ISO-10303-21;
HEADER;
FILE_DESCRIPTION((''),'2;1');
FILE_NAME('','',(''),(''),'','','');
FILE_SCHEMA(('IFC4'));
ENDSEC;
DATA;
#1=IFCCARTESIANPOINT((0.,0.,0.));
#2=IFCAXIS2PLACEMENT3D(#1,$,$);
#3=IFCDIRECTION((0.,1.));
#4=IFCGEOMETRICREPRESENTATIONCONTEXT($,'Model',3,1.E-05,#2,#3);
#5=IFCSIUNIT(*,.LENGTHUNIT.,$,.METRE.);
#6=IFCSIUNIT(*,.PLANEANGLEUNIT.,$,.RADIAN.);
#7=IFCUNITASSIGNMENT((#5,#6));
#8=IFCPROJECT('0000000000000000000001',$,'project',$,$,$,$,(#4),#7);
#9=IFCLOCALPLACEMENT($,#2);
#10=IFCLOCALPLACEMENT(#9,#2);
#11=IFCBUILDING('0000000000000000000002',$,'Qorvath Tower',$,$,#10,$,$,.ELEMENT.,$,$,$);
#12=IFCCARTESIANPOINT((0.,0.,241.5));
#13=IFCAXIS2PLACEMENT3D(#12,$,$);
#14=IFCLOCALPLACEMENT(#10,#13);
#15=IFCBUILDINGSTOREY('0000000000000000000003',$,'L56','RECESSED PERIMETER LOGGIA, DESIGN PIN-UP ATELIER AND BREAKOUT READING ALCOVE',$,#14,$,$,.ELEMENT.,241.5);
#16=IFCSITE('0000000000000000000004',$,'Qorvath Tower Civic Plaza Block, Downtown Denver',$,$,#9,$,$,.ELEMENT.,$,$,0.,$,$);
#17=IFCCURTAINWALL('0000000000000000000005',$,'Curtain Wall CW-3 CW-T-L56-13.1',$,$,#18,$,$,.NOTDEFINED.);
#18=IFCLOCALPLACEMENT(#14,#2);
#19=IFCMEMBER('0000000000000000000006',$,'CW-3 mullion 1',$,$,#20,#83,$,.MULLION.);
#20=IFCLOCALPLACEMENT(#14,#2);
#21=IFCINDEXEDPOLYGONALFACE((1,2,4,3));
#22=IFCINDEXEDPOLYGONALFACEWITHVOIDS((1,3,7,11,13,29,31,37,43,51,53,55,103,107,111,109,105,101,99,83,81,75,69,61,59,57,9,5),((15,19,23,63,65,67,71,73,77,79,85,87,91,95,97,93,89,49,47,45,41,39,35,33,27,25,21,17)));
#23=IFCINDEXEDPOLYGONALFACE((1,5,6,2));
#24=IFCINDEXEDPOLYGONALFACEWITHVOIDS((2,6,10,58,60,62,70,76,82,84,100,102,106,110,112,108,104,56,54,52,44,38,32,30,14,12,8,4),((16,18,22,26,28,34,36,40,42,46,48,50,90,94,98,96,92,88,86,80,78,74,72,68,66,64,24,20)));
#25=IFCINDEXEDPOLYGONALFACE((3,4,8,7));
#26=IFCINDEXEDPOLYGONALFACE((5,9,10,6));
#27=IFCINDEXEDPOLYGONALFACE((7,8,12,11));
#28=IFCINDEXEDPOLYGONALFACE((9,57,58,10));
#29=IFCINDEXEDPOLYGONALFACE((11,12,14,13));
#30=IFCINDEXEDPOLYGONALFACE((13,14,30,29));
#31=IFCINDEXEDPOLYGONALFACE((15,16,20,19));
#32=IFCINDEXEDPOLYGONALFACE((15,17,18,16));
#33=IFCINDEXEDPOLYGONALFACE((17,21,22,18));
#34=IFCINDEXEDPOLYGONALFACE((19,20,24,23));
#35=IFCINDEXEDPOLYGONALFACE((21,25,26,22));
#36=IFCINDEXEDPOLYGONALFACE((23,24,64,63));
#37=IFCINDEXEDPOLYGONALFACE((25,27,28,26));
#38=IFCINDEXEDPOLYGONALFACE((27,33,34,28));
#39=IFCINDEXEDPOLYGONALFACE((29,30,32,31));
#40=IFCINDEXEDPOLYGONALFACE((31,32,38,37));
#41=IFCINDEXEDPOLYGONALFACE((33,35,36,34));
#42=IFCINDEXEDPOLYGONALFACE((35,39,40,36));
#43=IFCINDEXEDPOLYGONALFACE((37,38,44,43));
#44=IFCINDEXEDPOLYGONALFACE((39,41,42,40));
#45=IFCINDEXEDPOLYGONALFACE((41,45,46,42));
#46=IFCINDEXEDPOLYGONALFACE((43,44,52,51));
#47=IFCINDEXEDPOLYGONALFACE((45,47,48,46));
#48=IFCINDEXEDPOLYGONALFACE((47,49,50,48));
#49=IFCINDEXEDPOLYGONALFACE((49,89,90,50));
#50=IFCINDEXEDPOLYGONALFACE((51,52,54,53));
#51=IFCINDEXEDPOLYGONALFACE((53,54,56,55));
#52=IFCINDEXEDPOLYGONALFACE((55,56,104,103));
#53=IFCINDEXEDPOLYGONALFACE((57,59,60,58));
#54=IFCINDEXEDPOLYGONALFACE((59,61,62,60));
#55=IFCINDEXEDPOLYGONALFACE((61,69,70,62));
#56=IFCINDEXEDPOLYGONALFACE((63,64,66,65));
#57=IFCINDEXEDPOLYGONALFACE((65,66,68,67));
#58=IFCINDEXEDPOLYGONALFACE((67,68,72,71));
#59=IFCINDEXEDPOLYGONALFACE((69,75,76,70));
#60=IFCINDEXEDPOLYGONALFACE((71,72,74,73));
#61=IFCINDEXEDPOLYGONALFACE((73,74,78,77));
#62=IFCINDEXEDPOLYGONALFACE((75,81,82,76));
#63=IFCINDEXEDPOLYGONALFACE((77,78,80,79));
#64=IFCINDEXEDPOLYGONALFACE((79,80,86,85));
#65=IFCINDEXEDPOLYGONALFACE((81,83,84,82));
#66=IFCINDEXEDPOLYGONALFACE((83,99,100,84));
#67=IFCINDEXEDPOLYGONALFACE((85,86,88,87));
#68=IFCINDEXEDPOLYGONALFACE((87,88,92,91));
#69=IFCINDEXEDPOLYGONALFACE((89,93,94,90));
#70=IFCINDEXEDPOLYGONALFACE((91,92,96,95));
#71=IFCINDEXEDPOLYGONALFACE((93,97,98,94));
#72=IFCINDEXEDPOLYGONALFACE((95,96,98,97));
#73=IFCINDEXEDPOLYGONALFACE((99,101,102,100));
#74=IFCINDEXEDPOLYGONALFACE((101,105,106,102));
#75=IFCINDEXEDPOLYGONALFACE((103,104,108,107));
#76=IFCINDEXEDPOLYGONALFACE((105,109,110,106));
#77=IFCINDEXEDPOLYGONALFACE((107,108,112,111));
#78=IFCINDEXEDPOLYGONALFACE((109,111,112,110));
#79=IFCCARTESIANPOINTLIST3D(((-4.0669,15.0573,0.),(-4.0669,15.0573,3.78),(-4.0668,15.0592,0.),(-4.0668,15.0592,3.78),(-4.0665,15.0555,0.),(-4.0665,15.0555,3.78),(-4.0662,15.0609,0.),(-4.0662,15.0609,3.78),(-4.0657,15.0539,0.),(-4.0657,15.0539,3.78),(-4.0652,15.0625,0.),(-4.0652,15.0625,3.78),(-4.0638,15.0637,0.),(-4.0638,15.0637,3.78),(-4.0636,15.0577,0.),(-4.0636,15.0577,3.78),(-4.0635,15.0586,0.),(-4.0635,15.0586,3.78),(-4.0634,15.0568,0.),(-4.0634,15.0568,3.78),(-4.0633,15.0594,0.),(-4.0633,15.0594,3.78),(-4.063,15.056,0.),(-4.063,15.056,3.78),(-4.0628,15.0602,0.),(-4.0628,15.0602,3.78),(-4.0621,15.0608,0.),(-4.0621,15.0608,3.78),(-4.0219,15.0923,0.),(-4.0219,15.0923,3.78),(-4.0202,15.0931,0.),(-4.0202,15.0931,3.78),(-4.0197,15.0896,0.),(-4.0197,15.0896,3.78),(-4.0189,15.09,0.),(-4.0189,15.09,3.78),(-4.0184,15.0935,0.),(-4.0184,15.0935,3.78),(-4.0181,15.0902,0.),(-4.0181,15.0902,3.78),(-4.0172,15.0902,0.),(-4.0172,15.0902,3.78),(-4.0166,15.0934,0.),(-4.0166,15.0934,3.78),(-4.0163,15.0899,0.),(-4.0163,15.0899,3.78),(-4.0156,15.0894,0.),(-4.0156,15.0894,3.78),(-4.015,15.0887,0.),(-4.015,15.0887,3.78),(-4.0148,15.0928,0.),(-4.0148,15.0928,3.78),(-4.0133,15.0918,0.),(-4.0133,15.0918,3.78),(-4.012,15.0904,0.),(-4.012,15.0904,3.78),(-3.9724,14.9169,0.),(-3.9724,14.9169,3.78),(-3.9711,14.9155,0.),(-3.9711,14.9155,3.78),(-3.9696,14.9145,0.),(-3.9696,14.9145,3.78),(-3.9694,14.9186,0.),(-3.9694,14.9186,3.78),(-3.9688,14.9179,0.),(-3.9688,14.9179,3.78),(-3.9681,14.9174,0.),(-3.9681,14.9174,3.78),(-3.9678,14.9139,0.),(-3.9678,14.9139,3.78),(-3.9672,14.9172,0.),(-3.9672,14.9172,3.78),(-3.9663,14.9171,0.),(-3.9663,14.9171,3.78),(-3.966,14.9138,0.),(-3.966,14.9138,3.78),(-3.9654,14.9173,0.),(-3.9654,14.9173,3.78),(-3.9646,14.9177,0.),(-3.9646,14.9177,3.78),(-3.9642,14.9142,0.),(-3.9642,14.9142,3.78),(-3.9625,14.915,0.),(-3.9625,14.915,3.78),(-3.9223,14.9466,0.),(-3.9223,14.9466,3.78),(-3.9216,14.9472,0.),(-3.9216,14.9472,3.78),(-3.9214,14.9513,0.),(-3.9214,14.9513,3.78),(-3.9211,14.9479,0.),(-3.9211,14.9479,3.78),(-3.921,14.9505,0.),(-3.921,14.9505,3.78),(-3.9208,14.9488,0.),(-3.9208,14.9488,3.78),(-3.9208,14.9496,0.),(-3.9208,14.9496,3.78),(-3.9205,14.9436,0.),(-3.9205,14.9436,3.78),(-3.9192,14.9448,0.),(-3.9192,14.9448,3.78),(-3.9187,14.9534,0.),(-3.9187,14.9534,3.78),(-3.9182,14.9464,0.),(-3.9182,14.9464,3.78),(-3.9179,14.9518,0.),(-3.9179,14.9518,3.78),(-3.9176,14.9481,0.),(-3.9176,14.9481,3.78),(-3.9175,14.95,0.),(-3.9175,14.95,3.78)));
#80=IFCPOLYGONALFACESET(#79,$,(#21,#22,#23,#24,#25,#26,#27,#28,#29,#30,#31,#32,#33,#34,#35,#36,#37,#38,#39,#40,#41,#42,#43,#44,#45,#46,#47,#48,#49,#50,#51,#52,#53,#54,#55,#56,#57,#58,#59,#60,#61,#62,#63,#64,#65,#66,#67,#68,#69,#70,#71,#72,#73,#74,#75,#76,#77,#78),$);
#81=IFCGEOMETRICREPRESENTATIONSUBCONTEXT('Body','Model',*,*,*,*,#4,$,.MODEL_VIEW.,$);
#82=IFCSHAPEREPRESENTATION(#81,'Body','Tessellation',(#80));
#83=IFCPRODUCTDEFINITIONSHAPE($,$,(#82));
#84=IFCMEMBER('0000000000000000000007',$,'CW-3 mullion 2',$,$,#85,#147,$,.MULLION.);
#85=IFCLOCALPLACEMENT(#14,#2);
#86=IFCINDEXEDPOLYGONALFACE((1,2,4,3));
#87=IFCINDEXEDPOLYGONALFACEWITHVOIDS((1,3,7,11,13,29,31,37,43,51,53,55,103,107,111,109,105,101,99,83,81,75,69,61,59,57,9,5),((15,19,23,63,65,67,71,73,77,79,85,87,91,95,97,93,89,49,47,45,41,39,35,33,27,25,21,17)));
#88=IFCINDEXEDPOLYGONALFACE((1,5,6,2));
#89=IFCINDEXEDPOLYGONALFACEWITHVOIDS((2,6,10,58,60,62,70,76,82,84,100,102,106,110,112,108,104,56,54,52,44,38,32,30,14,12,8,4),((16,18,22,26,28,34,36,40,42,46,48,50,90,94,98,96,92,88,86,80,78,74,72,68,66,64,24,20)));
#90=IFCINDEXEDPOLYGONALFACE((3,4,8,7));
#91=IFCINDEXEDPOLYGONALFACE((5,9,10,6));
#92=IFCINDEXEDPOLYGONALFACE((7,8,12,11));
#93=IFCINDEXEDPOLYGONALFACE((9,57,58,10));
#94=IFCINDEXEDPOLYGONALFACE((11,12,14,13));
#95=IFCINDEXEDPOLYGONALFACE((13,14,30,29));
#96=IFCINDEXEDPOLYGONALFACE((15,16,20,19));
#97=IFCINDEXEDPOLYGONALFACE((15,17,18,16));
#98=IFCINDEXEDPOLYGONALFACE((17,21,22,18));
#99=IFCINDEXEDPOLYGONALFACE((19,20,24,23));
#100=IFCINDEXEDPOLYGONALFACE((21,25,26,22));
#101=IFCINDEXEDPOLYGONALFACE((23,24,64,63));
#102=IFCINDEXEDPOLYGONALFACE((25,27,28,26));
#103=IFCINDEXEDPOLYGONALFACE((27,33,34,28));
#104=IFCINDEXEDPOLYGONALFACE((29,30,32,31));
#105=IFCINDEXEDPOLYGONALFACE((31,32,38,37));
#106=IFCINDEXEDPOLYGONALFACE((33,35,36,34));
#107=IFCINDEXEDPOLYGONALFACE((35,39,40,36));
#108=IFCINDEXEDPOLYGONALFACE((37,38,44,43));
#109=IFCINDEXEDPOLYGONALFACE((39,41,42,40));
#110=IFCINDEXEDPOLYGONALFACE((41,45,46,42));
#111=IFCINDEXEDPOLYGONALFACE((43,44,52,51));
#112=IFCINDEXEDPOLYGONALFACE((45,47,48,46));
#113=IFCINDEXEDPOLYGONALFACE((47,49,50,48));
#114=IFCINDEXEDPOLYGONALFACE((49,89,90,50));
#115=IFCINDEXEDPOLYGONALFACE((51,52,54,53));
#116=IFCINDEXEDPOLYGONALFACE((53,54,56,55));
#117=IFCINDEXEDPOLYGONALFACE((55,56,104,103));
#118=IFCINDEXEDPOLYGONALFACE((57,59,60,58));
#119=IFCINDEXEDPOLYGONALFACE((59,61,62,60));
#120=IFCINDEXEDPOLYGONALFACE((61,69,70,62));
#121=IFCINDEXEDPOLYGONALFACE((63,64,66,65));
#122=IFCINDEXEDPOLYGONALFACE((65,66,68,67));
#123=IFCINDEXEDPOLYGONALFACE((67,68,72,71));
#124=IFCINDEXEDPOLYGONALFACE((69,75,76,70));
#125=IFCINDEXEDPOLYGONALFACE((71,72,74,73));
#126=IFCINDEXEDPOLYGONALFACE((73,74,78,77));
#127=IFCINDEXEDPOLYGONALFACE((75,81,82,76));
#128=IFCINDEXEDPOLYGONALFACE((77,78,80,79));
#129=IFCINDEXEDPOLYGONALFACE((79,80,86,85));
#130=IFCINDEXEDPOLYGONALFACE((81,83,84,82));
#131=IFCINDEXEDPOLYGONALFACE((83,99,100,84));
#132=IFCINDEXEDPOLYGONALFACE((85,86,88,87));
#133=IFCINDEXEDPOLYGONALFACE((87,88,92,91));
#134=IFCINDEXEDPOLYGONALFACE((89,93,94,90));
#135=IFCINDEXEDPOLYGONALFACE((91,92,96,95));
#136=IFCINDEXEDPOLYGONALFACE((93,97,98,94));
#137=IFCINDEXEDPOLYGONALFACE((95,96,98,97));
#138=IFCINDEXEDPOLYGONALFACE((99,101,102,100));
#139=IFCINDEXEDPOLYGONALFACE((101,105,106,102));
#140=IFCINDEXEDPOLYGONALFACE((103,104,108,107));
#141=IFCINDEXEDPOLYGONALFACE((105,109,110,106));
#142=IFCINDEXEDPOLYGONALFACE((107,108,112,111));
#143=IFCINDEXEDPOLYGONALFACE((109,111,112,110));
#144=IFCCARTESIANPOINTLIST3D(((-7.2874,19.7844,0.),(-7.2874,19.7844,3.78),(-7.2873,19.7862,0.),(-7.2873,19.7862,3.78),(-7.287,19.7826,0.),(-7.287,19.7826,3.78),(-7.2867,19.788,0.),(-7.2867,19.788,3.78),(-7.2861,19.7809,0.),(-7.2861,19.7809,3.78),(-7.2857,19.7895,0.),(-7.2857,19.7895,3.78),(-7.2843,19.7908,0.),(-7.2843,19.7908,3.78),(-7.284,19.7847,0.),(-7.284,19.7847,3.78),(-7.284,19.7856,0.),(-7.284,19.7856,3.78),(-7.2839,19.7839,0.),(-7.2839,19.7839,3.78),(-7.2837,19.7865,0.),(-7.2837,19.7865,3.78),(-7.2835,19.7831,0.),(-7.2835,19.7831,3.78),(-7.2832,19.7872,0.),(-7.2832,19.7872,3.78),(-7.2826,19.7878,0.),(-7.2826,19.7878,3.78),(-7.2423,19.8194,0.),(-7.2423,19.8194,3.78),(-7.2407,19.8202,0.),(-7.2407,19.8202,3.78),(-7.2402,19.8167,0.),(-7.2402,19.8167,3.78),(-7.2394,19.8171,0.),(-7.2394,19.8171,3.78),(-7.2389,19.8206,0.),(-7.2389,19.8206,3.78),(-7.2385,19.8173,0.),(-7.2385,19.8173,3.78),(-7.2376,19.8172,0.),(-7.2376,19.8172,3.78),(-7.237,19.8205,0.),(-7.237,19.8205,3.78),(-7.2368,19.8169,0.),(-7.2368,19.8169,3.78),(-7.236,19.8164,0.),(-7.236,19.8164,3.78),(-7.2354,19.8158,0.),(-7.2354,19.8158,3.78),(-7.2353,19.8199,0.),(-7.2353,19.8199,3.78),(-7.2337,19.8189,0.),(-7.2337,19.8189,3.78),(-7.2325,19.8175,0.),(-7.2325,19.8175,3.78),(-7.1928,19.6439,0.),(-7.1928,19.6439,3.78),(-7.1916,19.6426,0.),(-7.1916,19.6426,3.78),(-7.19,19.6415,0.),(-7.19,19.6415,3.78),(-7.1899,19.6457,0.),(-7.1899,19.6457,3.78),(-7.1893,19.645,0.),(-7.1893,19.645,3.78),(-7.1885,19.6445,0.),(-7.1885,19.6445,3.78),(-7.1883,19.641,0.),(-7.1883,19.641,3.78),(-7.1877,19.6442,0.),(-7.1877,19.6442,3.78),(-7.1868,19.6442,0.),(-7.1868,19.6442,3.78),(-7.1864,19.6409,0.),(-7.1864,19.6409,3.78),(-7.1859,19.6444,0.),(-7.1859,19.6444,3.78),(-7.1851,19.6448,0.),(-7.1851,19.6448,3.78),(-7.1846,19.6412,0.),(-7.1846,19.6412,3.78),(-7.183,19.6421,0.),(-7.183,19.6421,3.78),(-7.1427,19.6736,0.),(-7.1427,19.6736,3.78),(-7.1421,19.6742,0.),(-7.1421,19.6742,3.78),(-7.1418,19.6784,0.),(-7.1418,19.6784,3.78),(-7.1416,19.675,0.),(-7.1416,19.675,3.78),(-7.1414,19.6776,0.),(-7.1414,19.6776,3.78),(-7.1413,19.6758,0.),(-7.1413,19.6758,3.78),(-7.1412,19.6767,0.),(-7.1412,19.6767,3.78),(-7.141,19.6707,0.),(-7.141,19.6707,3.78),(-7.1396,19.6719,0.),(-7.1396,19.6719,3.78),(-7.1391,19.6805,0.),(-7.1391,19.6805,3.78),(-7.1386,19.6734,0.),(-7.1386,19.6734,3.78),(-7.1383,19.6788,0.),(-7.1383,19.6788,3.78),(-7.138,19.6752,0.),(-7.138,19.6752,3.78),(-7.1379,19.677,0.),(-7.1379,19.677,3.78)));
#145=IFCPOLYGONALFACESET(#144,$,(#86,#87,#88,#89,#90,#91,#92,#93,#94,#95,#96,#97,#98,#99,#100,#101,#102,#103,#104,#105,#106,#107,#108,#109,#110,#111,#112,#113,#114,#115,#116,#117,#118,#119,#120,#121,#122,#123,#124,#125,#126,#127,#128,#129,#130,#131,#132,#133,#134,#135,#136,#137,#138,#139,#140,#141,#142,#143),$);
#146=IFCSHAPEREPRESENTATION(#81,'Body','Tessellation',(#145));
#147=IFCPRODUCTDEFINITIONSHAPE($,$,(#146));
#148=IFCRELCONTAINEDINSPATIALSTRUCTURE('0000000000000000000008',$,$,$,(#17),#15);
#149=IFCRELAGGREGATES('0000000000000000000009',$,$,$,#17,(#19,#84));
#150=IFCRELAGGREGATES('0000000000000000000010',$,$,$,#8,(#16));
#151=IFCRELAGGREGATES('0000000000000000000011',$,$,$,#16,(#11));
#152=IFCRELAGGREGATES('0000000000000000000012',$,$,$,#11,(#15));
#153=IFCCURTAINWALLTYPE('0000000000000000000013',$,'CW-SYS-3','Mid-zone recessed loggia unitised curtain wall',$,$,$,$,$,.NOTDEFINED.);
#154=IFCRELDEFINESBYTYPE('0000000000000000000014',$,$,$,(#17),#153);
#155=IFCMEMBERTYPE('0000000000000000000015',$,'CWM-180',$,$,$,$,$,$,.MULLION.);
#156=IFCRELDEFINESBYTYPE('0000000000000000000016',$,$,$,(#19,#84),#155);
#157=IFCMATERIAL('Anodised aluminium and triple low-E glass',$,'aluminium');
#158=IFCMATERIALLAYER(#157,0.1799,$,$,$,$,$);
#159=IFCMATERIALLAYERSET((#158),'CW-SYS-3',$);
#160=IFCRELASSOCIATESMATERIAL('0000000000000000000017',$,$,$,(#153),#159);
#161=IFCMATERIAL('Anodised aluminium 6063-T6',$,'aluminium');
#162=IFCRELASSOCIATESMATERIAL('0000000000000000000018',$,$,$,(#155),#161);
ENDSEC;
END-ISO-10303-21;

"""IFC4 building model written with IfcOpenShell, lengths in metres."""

from ifc_helpers import new_model, si_unit, direction, frame, origin, origin_2d, place, context, subcontext, project, spatial, hollow_rectangle, extrude, material, layer, layer_set, material_profile, profile_set, type_object, element, aggregate, save


model = new_model("IFC4")

# Units and contexts
model_context = context("Model", 3, precision=1e-05, world=origin(), true_north=direction((0.0, 1.0)))
body_context = subcontext(model_context, "Body", "Model", "MODEL_VIEW")
ifc_project = project(units=[si_unit("LENGTHUNIT", "METRE"), si_unit("PLANEANGLEUNIT", "RADIAN")], contexts=[model_context])

# Site, building, storey
site_placement = place(None, origin())
site = spatial("IfcSite", under=ifc_project, at=site_placement, Name="Qorvath Tower Civic Plaza Block, Downtown Denver", CompositionType="ELEMENT", RefElevation=0.0)
building_placement = place(site_placement, origin())
building = spatial("IfcBuilding", under=site, at=building_placement, Name="Qorvath Tower", CompositionType="ELEMENT")
storey_placement = place(building_placement, frame((0.0, 0.0, 241.5)))
storey = spatial("IfcBuildingStorey", under=building, at=storey_placement, Name="L56", Description="RECESSED PERIMETER LOGGIA, DESIGN PIN-UP ATELIER AND BREAKOUT READING ALCOVE", CompositionType="ELEMENT", Elevation=241.5)

# Shared definitions
ifc_material_1 = material(Name="Anodised aluminium and triple low-E glass", Category="aluminium")
ifc_layer_1 = layer(ifc_material_1, 0.1799)
ifc_layer_set_1 = layer_set([ifc_layer_1], Name="CW-SYS-3")
curtain_wall_type = type_object("IfcCurtainWallType", Name="CW-SYS-3", Description="Mid-zone recessed loggia unitised curtain wall", PredefinedType="NOTDEFINED", material=ifc_layer_set_1)
ifc_material_2 = material(Name="Anodised aluminium 6063-T6", Category="aluminium")
ifc_material_profile_1 = material_profile(ifc_material_2, hollow_rectangle(XDim=0.0649, YDim=0.1799, WallThickness=0.0034, InnerFilletRadius=0.0034, OuterFilletRadius=0.0071, at=origin_2d()), Name="CWM 180x65")
ifc_profile_set_1 = profile_set([ifc_material_profile_1], Name="Anodised aluminium 6063-T6")
member_type_1 = type_object("IfcMemberType", Name="CWM-180", PredefinedType="MULLION", material=ifc_profile_set_1)

# Curtain wall, members
curtain_wall_1_placement = place(storey_placement, origin())
curtain_wall_1 = element("IfcCurtainWall", 1, at=curtain_wall_1_placement, inside=storey, type_object=curtain_wall_type, Name="Curtain Wall CW-3 CW-T-L56-13.1", PredefinedType="NOTDEFINED")
member_1_placement = place(storey_placement, frame((-3.9922, 15.0037, 0.0), z_axis=(0.0, 0.0, 1.0), x_axis=(-0.826431, -0.563037, 0.0)))
member_1 = element("IfcMember", 2, at=member_1_placement, type_object=member_type_1, Name="CW-3 mullion 1", PredefinedType="MULLION", context=body_context, shape_type="SweptSolid", body=[
    extrude(hollow_rectangle(XDim=0.0649, YDim=0.1799, WallThickness=0.0034, InnerFilletRadius=0.0034, OuterFilletRadius=0.0071, at=origin_2d()), origin(), (0.0, 0.0, 1.0), 3.78),
])
member_2_placement = place(storey_placement, frame((-7.2126, 19.7307, 0.0), z_axis=(0.0, 0.0, 1.0), x_axis=(-0.826431, -0.563037, 0.0)))
member_2 = element("IfcMember", 3, at=member_2_placement, type_object=member_type_1, Name="CW-3 mullion 2", PredefinedType="MULLION", context=body_context, shape_type="SweptSolid", body=[
    extrude(hollow_rectangle(XDim=0.0649, YDim=0.1799, WallThickness=0.0034, InnerFilletRadius=0.0034, OuterFilletRadius=0.0071, at=origin_2d()), origin(), (0.0, 0.0, 1.0), 3.78),
])

aggregate(curtain_wall_1, [member_1, member_2])

save(model, "model.ifc")
